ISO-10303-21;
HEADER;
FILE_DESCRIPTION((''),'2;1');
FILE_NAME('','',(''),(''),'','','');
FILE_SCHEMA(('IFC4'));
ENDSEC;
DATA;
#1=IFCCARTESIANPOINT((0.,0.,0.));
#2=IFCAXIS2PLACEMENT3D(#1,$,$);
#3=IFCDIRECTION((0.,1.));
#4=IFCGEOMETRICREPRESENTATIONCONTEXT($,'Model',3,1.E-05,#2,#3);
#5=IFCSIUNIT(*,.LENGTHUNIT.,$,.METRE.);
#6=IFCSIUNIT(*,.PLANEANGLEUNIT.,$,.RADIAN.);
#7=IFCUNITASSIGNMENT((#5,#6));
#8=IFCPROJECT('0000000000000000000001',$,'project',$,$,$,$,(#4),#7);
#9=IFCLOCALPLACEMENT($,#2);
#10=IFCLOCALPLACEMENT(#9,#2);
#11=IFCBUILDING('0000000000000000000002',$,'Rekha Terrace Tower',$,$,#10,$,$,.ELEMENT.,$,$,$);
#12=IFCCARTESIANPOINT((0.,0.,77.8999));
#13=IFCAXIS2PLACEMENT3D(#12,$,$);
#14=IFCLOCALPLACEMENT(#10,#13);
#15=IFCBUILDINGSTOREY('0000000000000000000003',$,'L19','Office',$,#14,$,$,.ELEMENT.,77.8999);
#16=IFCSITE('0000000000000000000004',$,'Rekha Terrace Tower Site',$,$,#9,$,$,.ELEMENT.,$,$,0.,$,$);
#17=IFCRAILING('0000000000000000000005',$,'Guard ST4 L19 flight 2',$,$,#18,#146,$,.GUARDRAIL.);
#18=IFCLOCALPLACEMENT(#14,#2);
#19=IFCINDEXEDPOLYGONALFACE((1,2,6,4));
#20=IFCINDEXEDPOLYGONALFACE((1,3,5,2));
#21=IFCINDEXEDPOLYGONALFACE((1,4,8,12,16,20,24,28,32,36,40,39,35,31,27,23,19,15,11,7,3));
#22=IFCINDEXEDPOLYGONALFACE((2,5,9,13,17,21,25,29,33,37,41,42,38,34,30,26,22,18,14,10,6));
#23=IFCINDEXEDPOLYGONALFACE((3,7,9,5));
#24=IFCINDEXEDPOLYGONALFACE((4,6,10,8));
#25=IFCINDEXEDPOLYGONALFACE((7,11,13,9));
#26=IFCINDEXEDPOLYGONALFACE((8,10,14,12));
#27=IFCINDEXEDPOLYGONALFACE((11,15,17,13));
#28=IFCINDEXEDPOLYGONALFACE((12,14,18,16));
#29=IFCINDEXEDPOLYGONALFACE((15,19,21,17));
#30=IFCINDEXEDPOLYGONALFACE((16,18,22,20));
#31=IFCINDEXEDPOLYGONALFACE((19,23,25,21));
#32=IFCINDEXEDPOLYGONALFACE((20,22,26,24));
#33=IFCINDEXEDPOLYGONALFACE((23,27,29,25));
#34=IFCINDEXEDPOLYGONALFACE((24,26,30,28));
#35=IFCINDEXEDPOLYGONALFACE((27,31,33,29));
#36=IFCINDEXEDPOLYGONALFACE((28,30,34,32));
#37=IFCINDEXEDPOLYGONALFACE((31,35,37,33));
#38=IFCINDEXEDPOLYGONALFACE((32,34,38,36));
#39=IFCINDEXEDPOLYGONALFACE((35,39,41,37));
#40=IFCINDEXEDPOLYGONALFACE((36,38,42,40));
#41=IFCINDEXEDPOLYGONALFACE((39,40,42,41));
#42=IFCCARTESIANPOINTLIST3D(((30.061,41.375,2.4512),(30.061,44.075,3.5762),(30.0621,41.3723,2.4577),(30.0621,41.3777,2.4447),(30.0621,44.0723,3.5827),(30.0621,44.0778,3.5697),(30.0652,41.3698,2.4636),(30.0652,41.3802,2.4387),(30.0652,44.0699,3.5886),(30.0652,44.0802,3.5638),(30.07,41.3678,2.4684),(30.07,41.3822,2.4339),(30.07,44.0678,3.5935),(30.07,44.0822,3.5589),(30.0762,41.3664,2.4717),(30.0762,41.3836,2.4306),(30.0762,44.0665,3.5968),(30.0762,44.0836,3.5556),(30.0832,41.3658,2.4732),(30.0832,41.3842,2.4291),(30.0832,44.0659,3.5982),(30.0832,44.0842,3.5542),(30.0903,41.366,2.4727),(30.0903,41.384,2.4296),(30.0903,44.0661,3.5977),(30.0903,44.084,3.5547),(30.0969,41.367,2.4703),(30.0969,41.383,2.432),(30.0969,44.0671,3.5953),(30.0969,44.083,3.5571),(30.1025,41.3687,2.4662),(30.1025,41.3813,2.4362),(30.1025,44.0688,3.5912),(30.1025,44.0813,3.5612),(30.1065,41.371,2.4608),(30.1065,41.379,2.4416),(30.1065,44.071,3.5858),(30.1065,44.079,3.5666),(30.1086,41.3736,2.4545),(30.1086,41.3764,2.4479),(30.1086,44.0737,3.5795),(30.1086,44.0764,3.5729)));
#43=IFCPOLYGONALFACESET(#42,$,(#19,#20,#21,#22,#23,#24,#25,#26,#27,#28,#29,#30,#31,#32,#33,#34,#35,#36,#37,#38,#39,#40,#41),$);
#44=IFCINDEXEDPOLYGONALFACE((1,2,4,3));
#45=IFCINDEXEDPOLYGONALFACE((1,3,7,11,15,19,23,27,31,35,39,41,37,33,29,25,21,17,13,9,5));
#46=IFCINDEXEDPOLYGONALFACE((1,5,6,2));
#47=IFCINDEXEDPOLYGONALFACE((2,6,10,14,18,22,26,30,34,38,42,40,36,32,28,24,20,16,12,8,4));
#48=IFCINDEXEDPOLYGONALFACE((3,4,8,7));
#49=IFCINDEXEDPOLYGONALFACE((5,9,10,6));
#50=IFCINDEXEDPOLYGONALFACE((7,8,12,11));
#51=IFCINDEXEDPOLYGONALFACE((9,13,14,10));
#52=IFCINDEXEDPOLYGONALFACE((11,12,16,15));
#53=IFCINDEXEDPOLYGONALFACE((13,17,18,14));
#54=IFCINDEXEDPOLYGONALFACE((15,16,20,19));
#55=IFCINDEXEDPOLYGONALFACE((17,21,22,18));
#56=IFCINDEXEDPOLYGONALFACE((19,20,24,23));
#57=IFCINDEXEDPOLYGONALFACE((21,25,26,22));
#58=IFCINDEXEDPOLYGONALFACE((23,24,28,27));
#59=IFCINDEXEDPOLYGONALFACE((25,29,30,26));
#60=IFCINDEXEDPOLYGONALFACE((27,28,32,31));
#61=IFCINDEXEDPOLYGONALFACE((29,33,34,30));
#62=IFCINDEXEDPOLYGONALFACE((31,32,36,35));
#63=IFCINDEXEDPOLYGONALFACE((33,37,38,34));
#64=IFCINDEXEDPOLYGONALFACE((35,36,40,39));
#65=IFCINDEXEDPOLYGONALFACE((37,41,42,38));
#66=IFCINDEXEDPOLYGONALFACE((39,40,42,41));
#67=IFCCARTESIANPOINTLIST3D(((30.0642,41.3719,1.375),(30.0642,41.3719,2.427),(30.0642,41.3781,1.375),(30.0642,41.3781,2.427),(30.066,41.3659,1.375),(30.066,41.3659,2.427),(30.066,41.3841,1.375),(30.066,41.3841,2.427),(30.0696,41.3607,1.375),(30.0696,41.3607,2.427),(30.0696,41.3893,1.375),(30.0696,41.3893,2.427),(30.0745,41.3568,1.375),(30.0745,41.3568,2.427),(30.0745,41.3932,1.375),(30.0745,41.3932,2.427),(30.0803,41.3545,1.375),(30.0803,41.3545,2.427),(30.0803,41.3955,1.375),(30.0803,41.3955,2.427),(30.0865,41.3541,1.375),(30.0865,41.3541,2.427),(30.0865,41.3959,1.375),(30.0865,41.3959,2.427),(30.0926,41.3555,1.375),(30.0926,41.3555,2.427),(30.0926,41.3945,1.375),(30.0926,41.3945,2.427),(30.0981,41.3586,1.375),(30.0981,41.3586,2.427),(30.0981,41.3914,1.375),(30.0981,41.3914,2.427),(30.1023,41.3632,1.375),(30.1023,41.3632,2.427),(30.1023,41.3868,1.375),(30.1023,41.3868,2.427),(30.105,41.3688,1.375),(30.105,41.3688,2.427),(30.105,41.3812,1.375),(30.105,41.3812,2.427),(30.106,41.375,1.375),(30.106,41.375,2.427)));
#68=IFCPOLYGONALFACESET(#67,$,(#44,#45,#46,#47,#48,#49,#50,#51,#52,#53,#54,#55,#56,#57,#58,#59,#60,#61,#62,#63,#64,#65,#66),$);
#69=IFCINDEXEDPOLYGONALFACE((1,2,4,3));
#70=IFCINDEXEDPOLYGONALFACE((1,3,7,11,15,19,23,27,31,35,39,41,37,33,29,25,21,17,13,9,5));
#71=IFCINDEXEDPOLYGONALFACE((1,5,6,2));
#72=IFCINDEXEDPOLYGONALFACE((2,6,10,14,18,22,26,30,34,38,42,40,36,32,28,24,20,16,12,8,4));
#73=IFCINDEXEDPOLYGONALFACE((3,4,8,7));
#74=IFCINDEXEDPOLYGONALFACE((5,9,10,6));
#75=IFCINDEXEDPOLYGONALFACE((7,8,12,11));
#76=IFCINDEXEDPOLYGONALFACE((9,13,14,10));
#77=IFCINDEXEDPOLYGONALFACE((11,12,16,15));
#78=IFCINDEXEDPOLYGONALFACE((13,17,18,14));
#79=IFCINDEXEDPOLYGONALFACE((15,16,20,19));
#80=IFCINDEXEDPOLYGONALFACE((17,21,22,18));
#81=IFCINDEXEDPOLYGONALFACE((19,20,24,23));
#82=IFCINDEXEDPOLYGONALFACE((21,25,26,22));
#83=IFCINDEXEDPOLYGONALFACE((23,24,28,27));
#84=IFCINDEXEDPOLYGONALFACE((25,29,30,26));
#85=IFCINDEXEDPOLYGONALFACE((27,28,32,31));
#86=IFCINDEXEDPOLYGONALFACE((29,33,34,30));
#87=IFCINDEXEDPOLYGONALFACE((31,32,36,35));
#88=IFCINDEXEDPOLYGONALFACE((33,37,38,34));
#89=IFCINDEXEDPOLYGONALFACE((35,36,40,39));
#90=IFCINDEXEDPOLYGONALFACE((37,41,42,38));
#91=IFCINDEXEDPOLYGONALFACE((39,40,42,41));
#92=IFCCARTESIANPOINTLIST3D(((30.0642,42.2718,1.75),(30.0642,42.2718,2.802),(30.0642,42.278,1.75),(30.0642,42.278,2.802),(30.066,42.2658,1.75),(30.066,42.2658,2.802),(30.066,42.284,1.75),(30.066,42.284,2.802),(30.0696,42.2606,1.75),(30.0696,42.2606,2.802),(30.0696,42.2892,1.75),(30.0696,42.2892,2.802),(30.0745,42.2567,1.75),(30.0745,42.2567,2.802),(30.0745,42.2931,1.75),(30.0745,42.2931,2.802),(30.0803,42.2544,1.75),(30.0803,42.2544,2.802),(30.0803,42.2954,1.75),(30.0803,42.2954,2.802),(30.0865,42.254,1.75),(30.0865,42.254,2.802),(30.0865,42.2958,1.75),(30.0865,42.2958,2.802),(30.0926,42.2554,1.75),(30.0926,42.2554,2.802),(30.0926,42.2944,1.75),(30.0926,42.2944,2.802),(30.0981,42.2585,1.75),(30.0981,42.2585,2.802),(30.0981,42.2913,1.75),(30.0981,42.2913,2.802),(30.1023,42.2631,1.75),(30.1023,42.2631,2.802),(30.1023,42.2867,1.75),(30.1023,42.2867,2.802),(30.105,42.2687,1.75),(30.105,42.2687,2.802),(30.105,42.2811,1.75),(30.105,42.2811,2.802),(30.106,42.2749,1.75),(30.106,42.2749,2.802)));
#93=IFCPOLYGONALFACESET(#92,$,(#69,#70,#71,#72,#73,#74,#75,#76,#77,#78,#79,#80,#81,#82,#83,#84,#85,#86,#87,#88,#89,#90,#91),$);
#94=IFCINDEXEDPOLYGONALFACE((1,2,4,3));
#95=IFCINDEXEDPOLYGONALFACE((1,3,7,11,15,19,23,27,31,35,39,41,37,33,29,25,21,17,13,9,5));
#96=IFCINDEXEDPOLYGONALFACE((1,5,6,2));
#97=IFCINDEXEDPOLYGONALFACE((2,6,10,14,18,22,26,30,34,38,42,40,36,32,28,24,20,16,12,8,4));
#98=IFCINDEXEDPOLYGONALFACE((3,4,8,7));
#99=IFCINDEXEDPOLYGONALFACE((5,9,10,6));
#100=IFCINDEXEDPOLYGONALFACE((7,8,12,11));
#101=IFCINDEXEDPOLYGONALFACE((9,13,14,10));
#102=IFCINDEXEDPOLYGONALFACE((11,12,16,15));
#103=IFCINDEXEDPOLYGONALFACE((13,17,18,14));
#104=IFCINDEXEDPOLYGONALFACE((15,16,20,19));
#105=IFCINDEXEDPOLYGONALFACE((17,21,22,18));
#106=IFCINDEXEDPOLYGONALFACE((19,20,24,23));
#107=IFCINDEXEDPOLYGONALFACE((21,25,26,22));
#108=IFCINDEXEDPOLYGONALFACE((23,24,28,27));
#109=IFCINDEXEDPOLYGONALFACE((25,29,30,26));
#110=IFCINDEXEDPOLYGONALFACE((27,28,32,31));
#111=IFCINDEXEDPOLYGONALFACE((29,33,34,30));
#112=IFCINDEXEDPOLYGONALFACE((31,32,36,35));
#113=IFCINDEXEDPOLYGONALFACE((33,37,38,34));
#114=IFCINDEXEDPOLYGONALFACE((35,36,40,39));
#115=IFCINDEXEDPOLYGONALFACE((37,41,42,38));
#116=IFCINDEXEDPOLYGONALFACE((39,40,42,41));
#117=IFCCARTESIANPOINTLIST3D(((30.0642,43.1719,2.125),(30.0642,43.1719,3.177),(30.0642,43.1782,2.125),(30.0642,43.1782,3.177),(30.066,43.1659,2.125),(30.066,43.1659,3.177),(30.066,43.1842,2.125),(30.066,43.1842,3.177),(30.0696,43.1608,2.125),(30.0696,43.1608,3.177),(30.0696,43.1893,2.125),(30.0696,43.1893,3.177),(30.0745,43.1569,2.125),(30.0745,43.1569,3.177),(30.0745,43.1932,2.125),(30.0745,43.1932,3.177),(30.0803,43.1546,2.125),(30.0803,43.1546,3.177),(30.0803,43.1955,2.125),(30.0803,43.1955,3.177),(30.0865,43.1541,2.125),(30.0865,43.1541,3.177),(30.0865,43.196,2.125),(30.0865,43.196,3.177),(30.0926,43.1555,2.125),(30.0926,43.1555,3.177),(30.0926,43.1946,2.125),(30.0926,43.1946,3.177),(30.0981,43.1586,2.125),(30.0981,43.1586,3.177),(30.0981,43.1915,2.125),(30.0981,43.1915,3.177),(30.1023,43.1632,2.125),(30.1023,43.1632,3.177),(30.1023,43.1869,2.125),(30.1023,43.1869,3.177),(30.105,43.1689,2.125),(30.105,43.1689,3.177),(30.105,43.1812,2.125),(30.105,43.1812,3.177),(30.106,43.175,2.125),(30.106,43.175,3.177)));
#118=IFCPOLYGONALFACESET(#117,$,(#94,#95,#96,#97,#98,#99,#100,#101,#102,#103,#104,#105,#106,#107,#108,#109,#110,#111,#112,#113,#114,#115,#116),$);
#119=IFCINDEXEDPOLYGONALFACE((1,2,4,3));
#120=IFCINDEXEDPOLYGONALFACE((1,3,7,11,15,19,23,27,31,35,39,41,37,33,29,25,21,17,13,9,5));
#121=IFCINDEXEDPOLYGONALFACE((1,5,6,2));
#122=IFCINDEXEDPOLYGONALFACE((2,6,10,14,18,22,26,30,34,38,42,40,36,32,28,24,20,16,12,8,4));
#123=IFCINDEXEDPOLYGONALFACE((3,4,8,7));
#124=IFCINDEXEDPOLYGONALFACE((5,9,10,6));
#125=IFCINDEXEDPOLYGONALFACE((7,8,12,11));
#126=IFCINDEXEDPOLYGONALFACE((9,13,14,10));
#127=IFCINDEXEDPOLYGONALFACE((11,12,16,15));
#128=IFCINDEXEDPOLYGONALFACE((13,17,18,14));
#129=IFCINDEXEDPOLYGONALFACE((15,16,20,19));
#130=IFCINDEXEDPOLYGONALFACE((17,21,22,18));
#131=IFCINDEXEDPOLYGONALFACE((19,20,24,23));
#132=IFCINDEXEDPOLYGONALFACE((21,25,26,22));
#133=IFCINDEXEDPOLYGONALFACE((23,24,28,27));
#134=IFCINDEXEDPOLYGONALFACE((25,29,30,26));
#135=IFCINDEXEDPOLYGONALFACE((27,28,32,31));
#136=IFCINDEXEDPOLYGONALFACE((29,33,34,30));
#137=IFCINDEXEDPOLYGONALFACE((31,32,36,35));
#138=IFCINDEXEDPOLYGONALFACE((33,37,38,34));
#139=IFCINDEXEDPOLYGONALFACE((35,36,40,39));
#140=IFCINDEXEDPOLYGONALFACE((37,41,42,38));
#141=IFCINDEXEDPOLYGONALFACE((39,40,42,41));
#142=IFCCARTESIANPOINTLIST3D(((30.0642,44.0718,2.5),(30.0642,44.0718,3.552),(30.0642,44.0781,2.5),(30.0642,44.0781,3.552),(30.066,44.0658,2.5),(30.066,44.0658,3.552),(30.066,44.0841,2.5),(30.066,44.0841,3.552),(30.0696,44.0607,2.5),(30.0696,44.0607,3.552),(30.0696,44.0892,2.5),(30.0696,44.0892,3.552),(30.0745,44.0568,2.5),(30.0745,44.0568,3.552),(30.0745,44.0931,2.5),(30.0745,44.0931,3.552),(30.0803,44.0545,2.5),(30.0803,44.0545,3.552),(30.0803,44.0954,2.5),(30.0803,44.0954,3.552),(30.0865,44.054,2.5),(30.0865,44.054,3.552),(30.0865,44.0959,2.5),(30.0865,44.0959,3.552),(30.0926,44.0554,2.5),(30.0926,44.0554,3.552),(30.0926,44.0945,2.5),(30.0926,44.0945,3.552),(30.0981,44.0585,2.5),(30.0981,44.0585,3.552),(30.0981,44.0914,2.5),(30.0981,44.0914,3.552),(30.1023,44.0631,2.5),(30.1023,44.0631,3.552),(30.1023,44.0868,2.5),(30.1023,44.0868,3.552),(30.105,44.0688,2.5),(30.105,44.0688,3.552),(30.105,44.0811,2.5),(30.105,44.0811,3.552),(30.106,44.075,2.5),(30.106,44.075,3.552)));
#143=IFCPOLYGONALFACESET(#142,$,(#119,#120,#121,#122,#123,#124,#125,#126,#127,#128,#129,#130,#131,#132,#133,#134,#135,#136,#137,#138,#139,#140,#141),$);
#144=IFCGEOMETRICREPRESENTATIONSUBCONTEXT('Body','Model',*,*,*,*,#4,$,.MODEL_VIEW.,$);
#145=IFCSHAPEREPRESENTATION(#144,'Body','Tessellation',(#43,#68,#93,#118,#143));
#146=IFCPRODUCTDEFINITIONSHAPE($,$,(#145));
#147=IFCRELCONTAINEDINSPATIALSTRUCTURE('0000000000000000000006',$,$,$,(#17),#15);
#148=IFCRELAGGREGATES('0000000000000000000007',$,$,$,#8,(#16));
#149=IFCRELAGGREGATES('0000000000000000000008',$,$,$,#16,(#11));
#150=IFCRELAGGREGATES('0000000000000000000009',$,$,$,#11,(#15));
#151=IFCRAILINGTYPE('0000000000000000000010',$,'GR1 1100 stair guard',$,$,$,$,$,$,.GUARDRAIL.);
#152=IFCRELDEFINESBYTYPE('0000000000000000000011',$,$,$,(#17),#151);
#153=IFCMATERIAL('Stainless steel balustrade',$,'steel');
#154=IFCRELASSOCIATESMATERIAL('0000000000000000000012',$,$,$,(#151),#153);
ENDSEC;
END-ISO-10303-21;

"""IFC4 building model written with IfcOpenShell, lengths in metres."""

from ifc_helpers import new_model, si_unit, direction, frame, origin, origin_2d, place, context, subcontext, project, spatial, circle, extrude, material, type_object, element, save


model = new_model("IFC4")

# Units and contexts
model_context = context("Model", 3, precision=1e-05, world=origin(), true_north=direction((0.0, 1.0)))
body_context = subcontext(model_context, "Body", "Model", "MODEL_VIEW")
ifc_project = project(units=[si_unit("LENGTHUNIT", "METRE"), si_unit("PLANEANGLEUNIT", "RADIAN")], contexts=[model_context])

# Site, building, storey
site_placement = place(None, origin())
site = spatial("IfcSite", under=ifc_project, at=site_placement, Name="Rekha Terrace Tower Site", CompositionType="ELEMENT", RefElevation=0.0)
building_placement = place(site_placement, origin())
building = spatial("IfcBuilding", under=site, at=building_placement, Name="Rekha Terrace Tower", CompositionType="ELEMENT")
storey_placement = place(building_placement, frame((0.0, 0.0, 77.8999)))
storey = spatial("IfcBuildingStorey", under=building, at=storey_placement, Name="L19", Description="Office", CompositionType="ELEMENT", Elevation=77.8999)

# Railing
ifc_material_1 = material(Name="Stainless steel balustrade", Category="steel")
railing_type_1 = type_object("IfcRailingType", Name="GR1 1100 stair guard", PredefinedType="GUARDRAIL", material=ifc_material_1)
railing_1_placement = place(storey_placement, frame((30.085, 41.375, 1.375)))
element("IfcRailing", 1, at=railing_1_placement, inside=storey, type_object=railing_type_1, Name="Guard ST4 L19 flight 2", PredefinedType="GUARDRAIL", context=body_context, shape_type="SweptSolid", body=[
    extrude(circle(Radius=0.0239, at=origin_2d()), frame((0.0, 0.0, 1.0762), z_axis=(0.0, 0.923074, 0.384621), x_axis=(-1.0, 0.0, 0.0)), (0.0, 0.0, 1.0), 2.925),
    extrude(circle(Radius=0.021, at=origin_2d()), origin(), (0.0, 0.0, 1.0), 1.052),
    extrude(circle(Radius=0.021, at=origin_2d()), frame((0.0, 0.8999, 0.375)), (0.0, 0.0, 1.0), 1.052),
    extrude(circle(Radius=0.021, at=origin_2d()), frame((0.0, 1.8, 0.75)), (0.0, 0.0, 1.0), 1.052),
    extrude(circle(Radius=0.021, at=origin_2d()), frame((0.0, 2.7, 1.125)), (0.0, 0.0, 1.0), 1.052),
])

save(model, "model.ifc")
